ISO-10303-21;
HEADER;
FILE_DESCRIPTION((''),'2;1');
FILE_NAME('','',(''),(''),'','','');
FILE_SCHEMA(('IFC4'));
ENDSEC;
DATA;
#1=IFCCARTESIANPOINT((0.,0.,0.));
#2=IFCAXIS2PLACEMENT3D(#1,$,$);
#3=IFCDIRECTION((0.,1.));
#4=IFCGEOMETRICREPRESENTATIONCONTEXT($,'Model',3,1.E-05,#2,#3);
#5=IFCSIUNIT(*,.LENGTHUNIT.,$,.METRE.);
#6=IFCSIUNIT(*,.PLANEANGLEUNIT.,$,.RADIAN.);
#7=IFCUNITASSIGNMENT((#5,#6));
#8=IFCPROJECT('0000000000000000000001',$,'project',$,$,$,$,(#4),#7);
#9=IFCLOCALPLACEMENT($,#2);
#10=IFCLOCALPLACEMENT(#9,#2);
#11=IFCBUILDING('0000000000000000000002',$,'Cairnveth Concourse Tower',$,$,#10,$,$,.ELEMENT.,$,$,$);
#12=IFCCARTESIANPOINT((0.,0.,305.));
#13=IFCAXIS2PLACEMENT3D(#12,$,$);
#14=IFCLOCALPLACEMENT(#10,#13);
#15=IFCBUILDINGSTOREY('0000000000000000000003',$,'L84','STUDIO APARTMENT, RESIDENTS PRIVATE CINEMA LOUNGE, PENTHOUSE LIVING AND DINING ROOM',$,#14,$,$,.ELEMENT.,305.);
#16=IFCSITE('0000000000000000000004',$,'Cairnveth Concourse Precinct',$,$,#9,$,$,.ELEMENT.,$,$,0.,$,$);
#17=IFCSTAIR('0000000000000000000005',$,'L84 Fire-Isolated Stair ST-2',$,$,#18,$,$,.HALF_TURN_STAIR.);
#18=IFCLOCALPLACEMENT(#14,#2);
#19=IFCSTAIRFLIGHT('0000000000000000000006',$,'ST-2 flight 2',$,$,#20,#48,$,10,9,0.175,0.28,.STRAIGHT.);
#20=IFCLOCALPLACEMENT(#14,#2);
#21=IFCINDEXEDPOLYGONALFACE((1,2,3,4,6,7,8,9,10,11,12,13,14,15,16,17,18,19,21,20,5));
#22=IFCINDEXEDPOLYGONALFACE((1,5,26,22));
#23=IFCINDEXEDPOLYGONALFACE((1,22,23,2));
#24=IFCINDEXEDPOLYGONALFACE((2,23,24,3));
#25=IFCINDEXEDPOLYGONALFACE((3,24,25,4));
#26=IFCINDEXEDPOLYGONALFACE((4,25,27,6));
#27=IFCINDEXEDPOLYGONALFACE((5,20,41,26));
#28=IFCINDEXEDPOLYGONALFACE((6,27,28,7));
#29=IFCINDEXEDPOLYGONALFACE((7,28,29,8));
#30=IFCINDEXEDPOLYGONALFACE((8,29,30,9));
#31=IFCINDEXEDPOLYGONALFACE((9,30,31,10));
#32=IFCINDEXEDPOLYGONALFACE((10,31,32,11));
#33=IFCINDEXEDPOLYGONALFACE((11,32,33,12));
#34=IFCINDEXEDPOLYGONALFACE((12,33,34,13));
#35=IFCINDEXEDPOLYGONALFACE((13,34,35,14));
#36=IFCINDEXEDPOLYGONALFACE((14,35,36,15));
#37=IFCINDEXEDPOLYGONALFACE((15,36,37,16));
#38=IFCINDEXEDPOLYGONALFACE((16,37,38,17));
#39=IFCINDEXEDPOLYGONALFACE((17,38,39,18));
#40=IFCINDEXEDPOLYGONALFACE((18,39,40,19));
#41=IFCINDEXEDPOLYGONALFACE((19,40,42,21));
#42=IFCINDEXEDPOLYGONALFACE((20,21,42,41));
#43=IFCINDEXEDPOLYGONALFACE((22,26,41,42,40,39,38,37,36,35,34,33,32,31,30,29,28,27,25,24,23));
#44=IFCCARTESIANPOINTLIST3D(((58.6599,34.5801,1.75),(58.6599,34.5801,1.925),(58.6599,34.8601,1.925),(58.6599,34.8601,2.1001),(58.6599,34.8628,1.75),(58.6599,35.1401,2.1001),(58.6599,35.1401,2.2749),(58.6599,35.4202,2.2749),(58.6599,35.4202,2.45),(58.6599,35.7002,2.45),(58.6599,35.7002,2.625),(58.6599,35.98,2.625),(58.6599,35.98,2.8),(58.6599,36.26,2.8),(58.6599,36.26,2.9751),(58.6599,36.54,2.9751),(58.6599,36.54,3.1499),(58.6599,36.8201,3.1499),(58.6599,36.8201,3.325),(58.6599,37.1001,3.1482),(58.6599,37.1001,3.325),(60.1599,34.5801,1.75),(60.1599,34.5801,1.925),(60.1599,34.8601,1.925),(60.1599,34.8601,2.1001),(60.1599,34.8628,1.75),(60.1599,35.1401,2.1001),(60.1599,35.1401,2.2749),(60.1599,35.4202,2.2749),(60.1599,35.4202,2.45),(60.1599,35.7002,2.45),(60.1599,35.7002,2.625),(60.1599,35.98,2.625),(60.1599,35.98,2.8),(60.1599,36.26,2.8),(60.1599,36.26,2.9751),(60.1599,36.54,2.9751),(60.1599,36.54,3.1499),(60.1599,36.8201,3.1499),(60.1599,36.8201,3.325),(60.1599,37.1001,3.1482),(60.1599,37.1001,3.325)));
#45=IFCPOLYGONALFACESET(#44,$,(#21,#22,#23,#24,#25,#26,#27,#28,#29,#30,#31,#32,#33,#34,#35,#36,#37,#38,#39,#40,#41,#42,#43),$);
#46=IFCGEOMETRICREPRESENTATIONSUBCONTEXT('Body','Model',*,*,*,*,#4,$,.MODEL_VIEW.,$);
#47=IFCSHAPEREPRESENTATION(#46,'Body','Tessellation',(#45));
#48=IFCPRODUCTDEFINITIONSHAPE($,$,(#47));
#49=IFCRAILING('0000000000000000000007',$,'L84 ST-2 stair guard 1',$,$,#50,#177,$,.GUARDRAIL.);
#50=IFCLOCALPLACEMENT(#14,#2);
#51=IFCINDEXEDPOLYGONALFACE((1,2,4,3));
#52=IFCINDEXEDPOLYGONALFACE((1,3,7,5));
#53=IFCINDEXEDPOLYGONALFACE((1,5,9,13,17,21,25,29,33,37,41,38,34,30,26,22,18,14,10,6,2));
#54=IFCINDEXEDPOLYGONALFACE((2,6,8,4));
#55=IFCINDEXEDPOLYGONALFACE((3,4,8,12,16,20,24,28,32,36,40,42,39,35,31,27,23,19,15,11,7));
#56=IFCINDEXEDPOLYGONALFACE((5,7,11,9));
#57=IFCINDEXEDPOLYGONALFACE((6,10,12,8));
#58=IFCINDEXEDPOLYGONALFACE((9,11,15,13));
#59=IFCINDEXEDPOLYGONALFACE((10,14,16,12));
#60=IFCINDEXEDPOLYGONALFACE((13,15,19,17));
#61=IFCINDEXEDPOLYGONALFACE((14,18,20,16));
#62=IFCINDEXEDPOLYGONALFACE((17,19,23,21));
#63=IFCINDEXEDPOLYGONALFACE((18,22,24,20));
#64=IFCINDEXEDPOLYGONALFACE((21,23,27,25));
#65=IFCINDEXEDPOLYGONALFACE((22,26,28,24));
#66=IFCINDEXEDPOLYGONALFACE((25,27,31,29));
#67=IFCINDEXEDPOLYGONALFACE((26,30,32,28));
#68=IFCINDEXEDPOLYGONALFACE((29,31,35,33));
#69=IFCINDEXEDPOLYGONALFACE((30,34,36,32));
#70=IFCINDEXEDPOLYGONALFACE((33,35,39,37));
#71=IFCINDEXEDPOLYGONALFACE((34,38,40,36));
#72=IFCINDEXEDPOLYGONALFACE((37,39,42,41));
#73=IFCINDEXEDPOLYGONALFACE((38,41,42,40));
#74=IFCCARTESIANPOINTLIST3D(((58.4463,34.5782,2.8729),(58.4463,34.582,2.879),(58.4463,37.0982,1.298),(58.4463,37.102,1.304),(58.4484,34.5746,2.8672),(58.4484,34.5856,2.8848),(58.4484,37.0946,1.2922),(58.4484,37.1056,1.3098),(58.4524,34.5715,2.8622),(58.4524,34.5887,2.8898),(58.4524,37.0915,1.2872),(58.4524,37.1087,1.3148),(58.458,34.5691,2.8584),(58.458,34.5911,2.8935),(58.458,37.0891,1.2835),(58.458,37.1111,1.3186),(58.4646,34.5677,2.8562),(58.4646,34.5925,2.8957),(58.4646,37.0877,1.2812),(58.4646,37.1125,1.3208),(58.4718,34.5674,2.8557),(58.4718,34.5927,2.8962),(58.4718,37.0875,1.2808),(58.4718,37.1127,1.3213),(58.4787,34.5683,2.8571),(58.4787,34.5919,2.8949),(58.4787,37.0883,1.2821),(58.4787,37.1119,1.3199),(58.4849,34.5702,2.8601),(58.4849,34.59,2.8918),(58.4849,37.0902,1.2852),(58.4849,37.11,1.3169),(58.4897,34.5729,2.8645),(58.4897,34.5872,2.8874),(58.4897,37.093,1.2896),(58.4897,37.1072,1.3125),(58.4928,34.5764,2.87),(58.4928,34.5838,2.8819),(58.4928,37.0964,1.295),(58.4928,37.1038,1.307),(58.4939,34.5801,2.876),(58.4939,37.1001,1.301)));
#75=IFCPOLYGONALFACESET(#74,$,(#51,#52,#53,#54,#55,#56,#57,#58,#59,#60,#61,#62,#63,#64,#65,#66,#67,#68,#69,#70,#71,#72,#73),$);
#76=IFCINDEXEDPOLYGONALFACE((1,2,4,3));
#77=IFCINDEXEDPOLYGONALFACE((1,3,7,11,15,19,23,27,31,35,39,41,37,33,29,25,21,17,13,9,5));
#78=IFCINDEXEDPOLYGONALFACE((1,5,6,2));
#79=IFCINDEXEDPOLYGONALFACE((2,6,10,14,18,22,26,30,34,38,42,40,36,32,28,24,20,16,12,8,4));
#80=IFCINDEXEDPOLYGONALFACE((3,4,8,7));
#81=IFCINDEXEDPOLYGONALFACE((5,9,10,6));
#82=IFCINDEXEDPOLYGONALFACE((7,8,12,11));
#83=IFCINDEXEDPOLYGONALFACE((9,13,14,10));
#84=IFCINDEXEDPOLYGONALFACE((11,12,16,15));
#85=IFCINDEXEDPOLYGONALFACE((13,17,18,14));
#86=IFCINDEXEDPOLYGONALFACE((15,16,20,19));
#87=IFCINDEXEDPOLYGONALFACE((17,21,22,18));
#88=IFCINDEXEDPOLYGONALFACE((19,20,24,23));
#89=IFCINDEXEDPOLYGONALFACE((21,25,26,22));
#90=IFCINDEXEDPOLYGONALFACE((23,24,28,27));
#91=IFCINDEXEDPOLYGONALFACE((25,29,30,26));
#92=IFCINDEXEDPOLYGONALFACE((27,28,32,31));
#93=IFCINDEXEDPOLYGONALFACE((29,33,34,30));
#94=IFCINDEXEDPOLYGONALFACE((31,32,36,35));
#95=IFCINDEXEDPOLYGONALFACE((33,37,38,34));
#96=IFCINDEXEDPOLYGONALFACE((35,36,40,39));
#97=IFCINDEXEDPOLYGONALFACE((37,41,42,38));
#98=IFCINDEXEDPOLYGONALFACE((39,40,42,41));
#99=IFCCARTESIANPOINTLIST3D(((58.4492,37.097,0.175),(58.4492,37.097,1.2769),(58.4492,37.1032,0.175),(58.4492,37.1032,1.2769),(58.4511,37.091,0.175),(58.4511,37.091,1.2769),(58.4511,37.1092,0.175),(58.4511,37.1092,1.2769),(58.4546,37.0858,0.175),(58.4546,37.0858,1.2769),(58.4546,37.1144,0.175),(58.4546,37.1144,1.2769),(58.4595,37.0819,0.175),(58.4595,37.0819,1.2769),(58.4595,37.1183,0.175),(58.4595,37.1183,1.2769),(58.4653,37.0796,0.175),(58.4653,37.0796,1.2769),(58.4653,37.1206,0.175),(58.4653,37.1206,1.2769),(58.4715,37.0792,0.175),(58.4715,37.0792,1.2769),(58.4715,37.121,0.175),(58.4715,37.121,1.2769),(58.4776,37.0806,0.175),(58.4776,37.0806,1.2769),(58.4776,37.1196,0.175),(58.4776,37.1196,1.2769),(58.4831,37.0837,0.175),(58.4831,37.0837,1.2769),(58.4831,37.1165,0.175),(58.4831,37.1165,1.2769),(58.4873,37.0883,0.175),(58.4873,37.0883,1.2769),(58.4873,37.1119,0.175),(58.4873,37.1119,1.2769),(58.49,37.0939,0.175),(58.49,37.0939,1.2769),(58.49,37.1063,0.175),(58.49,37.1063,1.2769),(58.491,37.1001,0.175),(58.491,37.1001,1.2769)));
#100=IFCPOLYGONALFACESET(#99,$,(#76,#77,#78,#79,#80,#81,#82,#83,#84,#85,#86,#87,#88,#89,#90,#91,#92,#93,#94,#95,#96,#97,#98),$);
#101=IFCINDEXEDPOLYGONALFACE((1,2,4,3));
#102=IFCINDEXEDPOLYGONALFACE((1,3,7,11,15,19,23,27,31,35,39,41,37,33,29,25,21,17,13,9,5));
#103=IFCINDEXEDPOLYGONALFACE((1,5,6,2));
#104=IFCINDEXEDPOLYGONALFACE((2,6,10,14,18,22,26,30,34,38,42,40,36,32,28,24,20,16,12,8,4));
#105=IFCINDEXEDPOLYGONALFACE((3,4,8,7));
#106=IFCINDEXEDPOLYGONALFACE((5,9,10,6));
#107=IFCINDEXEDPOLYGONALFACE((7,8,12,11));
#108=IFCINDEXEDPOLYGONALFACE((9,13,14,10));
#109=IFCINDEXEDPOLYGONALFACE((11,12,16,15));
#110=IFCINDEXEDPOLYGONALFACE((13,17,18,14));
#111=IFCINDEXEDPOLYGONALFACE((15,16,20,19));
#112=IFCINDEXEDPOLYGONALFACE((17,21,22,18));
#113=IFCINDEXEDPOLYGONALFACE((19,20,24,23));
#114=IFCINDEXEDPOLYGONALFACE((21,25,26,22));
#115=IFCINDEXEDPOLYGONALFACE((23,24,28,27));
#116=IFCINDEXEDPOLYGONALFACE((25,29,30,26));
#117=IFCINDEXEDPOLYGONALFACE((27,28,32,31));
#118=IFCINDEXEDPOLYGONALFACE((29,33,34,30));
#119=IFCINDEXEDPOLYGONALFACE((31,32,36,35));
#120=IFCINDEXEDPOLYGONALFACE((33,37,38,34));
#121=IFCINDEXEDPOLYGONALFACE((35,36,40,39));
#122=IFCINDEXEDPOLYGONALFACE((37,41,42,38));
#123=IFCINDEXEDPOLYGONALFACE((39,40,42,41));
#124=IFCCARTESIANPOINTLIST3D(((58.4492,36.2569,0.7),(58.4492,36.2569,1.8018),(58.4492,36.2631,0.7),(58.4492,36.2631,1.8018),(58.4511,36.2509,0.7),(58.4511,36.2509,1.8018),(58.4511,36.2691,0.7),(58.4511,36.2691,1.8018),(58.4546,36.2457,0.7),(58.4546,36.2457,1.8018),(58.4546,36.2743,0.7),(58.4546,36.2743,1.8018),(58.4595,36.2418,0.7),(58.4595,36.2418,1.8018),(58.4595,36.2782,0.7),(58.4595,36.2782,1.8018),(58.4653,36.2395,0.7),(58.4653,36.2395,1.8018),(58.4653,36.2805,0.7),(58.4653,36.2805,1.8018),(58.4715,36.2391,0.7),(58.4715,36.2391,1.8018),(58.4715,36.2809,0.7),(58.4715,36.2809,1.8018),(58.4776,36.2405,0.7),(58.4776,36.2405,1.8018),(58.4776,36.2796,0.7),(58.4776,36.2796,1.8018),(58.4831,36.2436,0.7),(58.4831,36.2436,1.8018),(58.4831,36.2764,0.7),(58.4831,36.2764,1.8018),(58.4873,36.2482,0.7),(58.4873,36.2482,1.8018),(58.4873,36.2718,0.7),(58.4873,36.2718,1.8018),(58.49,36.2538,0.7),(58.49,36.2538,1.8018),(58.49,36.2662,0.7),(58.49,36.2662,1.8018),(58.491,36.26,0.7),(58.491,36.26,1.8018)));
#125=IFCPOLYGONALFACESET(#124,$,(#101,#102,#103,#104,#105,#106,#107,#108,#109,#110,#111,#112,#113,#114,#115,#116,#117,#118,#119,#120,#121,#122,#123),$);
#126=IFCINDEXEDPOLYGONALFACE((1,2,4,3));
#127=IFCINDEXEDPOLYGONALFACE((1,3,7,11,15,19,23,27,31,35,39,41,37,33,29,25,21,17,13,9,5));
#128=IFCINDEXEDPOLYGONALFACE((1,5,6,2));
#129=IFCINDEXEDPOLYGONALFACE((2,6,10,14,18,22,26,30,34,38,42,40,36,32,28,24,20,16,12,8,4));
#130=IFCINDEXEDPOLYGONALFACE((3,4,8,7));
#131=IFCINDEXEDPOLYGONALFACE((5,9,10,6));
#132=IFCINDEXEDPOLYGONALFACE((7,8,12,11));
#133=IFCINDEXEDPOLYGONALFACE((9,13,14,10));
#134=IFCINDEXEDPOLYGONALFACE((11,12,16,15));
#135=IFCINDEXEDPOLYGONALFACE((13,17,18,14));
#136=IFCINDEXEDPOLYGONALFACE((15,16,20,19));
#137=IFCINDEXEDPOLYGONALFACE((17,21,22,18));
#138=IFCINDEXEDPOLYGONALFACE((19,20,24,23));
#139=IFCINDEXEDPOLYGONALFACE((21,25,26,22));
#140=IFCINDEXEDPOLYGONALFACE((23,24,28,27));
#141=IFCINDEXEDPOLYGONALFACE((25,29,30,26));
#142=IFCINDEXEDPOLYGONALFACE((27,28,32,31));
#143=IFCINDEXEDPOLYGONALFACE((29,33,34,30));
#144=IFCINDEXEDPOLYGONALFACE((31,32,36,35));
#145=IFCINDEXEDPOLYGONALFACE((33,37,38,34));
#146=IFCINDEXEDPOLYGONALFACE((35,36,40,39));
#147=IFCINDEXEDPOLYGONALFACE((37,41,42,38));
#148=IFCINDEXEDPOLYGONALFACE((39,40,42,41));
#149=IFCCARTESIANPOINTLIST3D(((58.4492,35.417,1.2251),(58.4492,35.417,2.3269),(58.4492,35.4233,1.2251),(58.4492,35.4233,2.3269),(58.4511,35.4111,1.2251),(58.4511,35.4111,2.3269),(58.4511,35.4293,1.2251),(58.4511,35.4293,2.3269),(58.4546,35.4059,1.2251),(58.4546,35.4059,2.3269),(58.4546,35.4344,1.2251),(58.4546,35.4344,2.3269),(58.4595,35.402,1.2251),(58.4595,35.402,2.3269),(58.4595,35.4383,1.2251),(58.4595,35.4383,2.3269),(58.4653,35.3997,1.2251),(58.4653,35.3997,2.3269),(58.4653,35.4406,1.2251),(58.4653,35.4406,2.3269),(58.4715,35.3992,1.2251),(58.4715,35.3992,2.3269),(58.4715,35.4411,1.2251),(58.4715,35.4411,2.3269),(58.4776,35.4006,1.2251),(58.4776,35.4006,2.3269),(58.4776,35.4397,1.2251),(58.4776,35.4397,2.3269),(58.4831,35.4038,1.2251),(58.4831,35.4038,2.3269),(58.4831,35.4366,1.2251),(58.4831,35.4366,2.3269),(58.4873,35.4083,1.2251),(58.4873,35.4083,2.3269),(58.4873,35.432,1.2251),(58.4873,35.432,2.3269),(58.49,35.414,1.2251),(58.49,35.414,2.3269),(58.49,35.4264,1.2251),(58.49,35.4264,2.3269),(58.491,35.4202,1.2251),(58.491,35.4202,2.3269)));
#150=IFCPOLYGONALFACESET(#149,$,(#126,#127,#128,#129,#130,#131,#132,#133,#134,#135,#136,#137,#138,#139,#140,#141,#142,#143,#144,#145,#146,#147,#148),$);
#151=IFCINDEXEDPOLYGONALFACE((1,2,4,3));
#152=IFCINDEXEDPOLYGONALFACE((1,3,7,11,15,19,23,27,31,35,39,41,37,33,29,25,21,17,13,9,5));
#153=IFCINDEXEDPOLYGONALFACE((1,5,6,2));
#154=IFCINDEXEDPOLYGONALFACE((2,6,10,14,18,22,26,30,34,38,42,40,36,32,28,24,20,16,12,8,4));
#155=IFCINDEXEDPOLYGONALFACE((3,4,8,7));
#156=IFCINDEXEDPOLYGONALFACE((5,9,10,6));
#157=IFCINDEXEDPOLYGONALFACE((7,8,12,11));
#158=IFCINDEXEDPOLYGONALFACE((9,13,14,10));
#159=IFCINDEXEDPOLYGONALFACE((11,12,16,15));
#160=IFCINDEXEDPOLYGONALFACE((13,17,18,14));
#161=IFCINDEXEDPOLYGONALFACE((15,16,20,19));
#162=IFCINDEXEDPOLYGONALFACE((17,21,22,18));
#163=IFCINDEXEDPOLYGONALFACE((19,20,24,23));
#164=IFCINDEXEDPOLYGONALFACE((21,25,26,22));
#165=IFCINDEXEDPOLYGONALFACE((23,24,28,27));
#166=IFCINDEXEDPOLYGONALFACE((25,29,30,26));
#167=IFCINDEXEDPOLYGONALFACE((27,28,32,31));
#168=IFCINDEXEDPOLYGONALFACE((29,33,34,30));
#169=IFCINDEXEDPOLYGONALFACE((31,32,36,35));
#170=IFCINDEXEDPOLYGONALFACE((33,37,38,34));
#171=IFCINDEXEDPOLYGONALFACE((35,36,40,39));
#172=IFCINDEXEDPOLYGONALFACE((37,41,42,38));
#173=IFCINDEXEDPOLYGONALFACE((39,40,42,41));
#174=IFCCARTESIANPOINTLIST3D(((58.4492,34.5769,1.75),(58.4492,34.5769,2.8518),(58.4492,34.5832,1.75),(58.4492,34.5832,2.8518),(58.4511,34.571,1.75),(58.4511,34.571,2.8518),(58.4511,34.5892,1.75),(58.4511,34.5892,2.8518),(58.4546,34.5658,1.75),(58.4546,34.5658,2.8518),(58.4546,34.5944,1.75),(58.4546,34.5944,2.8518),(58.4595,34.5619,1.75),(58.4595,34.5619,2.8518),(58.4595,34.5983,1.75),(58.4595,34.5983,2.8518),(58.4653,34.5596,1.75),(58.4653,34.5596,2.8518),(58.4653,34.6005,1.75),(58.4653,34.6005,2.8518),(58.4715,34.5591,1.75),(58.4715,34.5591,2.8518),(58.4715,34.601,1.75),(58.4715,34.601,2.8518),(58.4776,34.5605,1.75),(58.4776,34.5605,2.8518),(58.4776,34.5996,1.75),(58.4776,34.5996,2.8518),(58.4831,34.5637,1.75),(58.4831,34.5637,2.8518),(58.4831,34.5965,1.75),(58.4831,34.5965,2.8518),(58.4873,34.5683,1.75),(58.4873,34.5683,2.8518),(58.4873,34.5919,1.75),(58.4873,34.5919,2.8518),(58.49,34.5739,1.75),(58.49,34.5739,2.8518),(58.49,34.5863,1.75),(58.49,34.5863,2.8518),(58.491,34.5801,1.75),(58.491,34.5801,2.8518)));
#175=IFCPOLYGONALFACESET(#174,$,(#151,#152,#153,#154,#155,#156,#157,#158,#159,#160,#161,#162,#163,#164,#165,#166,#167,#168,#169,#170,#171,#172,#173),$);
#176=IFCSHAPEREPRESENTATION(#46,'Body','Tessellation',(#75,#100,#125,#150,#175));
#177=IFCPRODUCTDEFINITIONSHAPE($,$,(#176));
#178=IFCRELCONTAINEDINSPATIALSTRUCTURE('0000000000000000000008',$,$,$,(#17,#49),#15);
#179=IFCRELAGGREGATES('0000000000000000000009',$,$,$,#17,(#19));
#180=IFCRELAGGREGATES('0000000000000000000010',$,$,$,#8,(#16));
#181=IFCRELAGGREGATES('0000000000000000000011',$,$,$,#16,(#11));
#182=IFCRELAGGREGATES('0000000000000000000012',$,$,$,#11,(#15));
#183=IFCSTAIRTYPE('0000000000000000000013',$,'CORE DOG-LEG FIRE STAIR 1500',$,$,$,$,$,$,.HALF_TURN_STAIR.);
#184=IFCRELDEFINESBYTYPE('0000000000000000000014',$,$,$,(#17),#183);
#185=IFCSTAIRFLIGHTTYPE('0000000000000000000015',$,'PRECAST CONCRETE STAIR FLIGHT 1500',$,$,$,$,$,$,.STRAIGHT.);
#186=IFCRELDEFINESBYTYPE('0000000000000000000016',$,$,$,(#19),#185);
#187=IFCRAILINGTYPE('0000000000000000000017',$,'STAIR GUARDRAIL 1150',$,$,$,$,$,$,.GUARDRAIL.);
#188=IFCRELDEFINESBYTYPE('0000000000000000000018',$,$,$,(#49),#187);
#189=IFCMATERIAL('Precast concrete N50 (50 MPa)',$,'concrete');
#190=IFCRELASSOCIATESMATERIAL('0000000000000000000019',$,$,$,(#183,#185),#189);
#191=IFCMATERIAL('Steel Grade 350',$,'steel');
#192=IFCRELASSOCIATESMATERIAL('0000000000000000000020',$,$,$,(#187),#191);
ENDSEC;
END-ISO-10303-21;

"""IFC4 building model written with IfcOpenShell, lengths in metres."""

from ifc_helpers import new_model, si_unit, direction, frame, origin, origin_2d, place, context, subcontext, project, spatial, polyline, circle, outline, extrude, material, type_object, element, aggregate, save


model = new_model("IFC4")

# Units and contexts
model_context = context("Model", 3, precision=1e-05, world=origin(), true_north=direction((0.0, 1.0)))
body_context = subcontext(model_context, "Body", "Model", "MODEL_VIEW")
ifc_project = project(units=[si_unit("LENGTHUNIT", "METRE"), si_unit("PLANEANGLEUNIT", "RADIAN")], contexts=[model_context])

# Site, building, storey
site_placement = place(None, origin())
site = spatial("IfcSite", under=ifc_project, at=site_placement, Name="Cairnveth Concourse Precinct", CompositionType="ELEMENT", RefElevation=0.0)
building_placement = place(site_placement, origin())
building = spatial("IfcBuilding", under=site, at=building_placement, Name="Cairnveth Concourse Tower", CompositionType="ELEMENT")
storey_placement = place(building_placement, frame((0.0, 0.0, 305.0)))
storey = spatial("IfcBuildingStorey", under=building, at=storey_placement, Name="L84", Description="STUDIO APARTMENT, RESIDENTS PRIVATE CINEMA LOUNGE, PENTHOUSE LIVING AND DINING ROOM", CompositionType="ELEMENT", Elevation=305.0)

# Shared definitions
ifc_material_1 = material(Name="Steel Grade 350", Category="steel")

# Stair, stair flight
ifc_material_2 = material(Name="Precast concrete N50 (50 MPa)", Category="concrete")
stair_type = type_object("IfcStairType", Name="CORE DOG-LEG FIRE STAIR 1500", PredefinedType="HALF_TURN_STAIR", material=ifc_material_2)
stair_placement = place(storey_placement, origin())
stair = element("IfcStair", 1, at=stair_placement, inside=storey, type_object=stair_type, Name="L84 Fire-Isolated Stair ST-2", PredefinedType="HALF_TURN_STAIR")
stair_flight_type = type_object("IfcStairFlightType", Name="PRECAST CONCRETE STAIR FLIGHT 1500", PredefinedType="STRAIGHT", material=ifc_material_2)
stair_flight_1_placement = place(storey_placement, frame((59.4099, 34.5801, 1.75), z_axis=(0.0, 0.0, 1.0), x_axis=(0.0, 1.0, 0.0)))
stair_flight_1 = element("IfcStairFlight", 2, at=stair_flight_1_placement, type_object=stair_flight_type, Name="ST-2 flight 2", NumberOfRisers=10, NumberOfTreads=9, PredefinedType="STRAIGHT", RiserHeight=0.175, TreadLength=0.28, context=body_context, shape_type="SweptSolid", body=[
    extrude(outline(polyline([(0.0, 0.0), (0.0, 0.175), (0.28, 0.175), (0.28, 0.3501), (0.5601, 0.3501), (0.5601, 0.5249), (0.8401, 0.5249), (0.8401, 0.7), (1.1201, 0.7), (1.1201, 0.875), (1.3999, 0.875), (1.3999, 1.05), (1.6799, 1.05), (1.6799, 1.2251), (1.96, 1.2251), (1.96, 1.3999), (2.24, 1.3999), (2.24, 1.575), (2.52, 1.575), (2.52, 1.75), (2.52, 1.3982), (0.2827, 0.0), (0.0, 0.0)])), frame((0.0, 0.75, 0.0), z_axis=(0.0, -1.0, 0.0), x_axis=(1.0, 0.0, 0.0)), (0.0, 0.0, 1.0), 1.5),
])
aggregate(stair, [stair_flight_1])

# Railing
railing_type_1 = type_object("IfcRailingType", Name="STAIR GUARDRAIL 1150", PredefinedType="GUARDRAIL", material=ifc_material_1)
railing_1_placement = place(storey_placement, frame((58.47, 37.1001, 0.175)))
element("IfcRailing", 3, at=railing_1_placement, inside=storey, type_object=railing_type_1, Name="L84 ST-2 stair guard 1", PredefinedType="GUARDRAIL", context=body_context, shape_type="SweptSolid", body=[
    extrude(circle(Radius=0.0239, at=origin_2d()), frame((0.0, 0.0, 1.126), z_axis=(0.0, -0.848008, 0.529984), x_axis=(1.0, 0.0, 0.0)), (0.0, 0.0, 1.0), 2.9717),
    extrude(circle(Radius=0.021, at=origin_2d()), origin(), (0.0, 0.0, 1.0), 1.1018),
    extrude(circle(Radius=0.021, at=origin_2d()), frame((0.0, -0.8401, 0.5249)), (0.0, 0.0, 1.0), 1.1018),
    extrude(circle(Radius=0.021, at=origin_2d()), frame((0.0, -1.6799, 1.05)), (0.0, 0.0, 1.0), 1.1018),
    extrude(circle(Radius=0.021, at=origin_2d()), frame((0.0, -2.52, 1.575)), (0.0, 0.0, 1.0), 1.1018),
])

save(model, "model.ifc")
